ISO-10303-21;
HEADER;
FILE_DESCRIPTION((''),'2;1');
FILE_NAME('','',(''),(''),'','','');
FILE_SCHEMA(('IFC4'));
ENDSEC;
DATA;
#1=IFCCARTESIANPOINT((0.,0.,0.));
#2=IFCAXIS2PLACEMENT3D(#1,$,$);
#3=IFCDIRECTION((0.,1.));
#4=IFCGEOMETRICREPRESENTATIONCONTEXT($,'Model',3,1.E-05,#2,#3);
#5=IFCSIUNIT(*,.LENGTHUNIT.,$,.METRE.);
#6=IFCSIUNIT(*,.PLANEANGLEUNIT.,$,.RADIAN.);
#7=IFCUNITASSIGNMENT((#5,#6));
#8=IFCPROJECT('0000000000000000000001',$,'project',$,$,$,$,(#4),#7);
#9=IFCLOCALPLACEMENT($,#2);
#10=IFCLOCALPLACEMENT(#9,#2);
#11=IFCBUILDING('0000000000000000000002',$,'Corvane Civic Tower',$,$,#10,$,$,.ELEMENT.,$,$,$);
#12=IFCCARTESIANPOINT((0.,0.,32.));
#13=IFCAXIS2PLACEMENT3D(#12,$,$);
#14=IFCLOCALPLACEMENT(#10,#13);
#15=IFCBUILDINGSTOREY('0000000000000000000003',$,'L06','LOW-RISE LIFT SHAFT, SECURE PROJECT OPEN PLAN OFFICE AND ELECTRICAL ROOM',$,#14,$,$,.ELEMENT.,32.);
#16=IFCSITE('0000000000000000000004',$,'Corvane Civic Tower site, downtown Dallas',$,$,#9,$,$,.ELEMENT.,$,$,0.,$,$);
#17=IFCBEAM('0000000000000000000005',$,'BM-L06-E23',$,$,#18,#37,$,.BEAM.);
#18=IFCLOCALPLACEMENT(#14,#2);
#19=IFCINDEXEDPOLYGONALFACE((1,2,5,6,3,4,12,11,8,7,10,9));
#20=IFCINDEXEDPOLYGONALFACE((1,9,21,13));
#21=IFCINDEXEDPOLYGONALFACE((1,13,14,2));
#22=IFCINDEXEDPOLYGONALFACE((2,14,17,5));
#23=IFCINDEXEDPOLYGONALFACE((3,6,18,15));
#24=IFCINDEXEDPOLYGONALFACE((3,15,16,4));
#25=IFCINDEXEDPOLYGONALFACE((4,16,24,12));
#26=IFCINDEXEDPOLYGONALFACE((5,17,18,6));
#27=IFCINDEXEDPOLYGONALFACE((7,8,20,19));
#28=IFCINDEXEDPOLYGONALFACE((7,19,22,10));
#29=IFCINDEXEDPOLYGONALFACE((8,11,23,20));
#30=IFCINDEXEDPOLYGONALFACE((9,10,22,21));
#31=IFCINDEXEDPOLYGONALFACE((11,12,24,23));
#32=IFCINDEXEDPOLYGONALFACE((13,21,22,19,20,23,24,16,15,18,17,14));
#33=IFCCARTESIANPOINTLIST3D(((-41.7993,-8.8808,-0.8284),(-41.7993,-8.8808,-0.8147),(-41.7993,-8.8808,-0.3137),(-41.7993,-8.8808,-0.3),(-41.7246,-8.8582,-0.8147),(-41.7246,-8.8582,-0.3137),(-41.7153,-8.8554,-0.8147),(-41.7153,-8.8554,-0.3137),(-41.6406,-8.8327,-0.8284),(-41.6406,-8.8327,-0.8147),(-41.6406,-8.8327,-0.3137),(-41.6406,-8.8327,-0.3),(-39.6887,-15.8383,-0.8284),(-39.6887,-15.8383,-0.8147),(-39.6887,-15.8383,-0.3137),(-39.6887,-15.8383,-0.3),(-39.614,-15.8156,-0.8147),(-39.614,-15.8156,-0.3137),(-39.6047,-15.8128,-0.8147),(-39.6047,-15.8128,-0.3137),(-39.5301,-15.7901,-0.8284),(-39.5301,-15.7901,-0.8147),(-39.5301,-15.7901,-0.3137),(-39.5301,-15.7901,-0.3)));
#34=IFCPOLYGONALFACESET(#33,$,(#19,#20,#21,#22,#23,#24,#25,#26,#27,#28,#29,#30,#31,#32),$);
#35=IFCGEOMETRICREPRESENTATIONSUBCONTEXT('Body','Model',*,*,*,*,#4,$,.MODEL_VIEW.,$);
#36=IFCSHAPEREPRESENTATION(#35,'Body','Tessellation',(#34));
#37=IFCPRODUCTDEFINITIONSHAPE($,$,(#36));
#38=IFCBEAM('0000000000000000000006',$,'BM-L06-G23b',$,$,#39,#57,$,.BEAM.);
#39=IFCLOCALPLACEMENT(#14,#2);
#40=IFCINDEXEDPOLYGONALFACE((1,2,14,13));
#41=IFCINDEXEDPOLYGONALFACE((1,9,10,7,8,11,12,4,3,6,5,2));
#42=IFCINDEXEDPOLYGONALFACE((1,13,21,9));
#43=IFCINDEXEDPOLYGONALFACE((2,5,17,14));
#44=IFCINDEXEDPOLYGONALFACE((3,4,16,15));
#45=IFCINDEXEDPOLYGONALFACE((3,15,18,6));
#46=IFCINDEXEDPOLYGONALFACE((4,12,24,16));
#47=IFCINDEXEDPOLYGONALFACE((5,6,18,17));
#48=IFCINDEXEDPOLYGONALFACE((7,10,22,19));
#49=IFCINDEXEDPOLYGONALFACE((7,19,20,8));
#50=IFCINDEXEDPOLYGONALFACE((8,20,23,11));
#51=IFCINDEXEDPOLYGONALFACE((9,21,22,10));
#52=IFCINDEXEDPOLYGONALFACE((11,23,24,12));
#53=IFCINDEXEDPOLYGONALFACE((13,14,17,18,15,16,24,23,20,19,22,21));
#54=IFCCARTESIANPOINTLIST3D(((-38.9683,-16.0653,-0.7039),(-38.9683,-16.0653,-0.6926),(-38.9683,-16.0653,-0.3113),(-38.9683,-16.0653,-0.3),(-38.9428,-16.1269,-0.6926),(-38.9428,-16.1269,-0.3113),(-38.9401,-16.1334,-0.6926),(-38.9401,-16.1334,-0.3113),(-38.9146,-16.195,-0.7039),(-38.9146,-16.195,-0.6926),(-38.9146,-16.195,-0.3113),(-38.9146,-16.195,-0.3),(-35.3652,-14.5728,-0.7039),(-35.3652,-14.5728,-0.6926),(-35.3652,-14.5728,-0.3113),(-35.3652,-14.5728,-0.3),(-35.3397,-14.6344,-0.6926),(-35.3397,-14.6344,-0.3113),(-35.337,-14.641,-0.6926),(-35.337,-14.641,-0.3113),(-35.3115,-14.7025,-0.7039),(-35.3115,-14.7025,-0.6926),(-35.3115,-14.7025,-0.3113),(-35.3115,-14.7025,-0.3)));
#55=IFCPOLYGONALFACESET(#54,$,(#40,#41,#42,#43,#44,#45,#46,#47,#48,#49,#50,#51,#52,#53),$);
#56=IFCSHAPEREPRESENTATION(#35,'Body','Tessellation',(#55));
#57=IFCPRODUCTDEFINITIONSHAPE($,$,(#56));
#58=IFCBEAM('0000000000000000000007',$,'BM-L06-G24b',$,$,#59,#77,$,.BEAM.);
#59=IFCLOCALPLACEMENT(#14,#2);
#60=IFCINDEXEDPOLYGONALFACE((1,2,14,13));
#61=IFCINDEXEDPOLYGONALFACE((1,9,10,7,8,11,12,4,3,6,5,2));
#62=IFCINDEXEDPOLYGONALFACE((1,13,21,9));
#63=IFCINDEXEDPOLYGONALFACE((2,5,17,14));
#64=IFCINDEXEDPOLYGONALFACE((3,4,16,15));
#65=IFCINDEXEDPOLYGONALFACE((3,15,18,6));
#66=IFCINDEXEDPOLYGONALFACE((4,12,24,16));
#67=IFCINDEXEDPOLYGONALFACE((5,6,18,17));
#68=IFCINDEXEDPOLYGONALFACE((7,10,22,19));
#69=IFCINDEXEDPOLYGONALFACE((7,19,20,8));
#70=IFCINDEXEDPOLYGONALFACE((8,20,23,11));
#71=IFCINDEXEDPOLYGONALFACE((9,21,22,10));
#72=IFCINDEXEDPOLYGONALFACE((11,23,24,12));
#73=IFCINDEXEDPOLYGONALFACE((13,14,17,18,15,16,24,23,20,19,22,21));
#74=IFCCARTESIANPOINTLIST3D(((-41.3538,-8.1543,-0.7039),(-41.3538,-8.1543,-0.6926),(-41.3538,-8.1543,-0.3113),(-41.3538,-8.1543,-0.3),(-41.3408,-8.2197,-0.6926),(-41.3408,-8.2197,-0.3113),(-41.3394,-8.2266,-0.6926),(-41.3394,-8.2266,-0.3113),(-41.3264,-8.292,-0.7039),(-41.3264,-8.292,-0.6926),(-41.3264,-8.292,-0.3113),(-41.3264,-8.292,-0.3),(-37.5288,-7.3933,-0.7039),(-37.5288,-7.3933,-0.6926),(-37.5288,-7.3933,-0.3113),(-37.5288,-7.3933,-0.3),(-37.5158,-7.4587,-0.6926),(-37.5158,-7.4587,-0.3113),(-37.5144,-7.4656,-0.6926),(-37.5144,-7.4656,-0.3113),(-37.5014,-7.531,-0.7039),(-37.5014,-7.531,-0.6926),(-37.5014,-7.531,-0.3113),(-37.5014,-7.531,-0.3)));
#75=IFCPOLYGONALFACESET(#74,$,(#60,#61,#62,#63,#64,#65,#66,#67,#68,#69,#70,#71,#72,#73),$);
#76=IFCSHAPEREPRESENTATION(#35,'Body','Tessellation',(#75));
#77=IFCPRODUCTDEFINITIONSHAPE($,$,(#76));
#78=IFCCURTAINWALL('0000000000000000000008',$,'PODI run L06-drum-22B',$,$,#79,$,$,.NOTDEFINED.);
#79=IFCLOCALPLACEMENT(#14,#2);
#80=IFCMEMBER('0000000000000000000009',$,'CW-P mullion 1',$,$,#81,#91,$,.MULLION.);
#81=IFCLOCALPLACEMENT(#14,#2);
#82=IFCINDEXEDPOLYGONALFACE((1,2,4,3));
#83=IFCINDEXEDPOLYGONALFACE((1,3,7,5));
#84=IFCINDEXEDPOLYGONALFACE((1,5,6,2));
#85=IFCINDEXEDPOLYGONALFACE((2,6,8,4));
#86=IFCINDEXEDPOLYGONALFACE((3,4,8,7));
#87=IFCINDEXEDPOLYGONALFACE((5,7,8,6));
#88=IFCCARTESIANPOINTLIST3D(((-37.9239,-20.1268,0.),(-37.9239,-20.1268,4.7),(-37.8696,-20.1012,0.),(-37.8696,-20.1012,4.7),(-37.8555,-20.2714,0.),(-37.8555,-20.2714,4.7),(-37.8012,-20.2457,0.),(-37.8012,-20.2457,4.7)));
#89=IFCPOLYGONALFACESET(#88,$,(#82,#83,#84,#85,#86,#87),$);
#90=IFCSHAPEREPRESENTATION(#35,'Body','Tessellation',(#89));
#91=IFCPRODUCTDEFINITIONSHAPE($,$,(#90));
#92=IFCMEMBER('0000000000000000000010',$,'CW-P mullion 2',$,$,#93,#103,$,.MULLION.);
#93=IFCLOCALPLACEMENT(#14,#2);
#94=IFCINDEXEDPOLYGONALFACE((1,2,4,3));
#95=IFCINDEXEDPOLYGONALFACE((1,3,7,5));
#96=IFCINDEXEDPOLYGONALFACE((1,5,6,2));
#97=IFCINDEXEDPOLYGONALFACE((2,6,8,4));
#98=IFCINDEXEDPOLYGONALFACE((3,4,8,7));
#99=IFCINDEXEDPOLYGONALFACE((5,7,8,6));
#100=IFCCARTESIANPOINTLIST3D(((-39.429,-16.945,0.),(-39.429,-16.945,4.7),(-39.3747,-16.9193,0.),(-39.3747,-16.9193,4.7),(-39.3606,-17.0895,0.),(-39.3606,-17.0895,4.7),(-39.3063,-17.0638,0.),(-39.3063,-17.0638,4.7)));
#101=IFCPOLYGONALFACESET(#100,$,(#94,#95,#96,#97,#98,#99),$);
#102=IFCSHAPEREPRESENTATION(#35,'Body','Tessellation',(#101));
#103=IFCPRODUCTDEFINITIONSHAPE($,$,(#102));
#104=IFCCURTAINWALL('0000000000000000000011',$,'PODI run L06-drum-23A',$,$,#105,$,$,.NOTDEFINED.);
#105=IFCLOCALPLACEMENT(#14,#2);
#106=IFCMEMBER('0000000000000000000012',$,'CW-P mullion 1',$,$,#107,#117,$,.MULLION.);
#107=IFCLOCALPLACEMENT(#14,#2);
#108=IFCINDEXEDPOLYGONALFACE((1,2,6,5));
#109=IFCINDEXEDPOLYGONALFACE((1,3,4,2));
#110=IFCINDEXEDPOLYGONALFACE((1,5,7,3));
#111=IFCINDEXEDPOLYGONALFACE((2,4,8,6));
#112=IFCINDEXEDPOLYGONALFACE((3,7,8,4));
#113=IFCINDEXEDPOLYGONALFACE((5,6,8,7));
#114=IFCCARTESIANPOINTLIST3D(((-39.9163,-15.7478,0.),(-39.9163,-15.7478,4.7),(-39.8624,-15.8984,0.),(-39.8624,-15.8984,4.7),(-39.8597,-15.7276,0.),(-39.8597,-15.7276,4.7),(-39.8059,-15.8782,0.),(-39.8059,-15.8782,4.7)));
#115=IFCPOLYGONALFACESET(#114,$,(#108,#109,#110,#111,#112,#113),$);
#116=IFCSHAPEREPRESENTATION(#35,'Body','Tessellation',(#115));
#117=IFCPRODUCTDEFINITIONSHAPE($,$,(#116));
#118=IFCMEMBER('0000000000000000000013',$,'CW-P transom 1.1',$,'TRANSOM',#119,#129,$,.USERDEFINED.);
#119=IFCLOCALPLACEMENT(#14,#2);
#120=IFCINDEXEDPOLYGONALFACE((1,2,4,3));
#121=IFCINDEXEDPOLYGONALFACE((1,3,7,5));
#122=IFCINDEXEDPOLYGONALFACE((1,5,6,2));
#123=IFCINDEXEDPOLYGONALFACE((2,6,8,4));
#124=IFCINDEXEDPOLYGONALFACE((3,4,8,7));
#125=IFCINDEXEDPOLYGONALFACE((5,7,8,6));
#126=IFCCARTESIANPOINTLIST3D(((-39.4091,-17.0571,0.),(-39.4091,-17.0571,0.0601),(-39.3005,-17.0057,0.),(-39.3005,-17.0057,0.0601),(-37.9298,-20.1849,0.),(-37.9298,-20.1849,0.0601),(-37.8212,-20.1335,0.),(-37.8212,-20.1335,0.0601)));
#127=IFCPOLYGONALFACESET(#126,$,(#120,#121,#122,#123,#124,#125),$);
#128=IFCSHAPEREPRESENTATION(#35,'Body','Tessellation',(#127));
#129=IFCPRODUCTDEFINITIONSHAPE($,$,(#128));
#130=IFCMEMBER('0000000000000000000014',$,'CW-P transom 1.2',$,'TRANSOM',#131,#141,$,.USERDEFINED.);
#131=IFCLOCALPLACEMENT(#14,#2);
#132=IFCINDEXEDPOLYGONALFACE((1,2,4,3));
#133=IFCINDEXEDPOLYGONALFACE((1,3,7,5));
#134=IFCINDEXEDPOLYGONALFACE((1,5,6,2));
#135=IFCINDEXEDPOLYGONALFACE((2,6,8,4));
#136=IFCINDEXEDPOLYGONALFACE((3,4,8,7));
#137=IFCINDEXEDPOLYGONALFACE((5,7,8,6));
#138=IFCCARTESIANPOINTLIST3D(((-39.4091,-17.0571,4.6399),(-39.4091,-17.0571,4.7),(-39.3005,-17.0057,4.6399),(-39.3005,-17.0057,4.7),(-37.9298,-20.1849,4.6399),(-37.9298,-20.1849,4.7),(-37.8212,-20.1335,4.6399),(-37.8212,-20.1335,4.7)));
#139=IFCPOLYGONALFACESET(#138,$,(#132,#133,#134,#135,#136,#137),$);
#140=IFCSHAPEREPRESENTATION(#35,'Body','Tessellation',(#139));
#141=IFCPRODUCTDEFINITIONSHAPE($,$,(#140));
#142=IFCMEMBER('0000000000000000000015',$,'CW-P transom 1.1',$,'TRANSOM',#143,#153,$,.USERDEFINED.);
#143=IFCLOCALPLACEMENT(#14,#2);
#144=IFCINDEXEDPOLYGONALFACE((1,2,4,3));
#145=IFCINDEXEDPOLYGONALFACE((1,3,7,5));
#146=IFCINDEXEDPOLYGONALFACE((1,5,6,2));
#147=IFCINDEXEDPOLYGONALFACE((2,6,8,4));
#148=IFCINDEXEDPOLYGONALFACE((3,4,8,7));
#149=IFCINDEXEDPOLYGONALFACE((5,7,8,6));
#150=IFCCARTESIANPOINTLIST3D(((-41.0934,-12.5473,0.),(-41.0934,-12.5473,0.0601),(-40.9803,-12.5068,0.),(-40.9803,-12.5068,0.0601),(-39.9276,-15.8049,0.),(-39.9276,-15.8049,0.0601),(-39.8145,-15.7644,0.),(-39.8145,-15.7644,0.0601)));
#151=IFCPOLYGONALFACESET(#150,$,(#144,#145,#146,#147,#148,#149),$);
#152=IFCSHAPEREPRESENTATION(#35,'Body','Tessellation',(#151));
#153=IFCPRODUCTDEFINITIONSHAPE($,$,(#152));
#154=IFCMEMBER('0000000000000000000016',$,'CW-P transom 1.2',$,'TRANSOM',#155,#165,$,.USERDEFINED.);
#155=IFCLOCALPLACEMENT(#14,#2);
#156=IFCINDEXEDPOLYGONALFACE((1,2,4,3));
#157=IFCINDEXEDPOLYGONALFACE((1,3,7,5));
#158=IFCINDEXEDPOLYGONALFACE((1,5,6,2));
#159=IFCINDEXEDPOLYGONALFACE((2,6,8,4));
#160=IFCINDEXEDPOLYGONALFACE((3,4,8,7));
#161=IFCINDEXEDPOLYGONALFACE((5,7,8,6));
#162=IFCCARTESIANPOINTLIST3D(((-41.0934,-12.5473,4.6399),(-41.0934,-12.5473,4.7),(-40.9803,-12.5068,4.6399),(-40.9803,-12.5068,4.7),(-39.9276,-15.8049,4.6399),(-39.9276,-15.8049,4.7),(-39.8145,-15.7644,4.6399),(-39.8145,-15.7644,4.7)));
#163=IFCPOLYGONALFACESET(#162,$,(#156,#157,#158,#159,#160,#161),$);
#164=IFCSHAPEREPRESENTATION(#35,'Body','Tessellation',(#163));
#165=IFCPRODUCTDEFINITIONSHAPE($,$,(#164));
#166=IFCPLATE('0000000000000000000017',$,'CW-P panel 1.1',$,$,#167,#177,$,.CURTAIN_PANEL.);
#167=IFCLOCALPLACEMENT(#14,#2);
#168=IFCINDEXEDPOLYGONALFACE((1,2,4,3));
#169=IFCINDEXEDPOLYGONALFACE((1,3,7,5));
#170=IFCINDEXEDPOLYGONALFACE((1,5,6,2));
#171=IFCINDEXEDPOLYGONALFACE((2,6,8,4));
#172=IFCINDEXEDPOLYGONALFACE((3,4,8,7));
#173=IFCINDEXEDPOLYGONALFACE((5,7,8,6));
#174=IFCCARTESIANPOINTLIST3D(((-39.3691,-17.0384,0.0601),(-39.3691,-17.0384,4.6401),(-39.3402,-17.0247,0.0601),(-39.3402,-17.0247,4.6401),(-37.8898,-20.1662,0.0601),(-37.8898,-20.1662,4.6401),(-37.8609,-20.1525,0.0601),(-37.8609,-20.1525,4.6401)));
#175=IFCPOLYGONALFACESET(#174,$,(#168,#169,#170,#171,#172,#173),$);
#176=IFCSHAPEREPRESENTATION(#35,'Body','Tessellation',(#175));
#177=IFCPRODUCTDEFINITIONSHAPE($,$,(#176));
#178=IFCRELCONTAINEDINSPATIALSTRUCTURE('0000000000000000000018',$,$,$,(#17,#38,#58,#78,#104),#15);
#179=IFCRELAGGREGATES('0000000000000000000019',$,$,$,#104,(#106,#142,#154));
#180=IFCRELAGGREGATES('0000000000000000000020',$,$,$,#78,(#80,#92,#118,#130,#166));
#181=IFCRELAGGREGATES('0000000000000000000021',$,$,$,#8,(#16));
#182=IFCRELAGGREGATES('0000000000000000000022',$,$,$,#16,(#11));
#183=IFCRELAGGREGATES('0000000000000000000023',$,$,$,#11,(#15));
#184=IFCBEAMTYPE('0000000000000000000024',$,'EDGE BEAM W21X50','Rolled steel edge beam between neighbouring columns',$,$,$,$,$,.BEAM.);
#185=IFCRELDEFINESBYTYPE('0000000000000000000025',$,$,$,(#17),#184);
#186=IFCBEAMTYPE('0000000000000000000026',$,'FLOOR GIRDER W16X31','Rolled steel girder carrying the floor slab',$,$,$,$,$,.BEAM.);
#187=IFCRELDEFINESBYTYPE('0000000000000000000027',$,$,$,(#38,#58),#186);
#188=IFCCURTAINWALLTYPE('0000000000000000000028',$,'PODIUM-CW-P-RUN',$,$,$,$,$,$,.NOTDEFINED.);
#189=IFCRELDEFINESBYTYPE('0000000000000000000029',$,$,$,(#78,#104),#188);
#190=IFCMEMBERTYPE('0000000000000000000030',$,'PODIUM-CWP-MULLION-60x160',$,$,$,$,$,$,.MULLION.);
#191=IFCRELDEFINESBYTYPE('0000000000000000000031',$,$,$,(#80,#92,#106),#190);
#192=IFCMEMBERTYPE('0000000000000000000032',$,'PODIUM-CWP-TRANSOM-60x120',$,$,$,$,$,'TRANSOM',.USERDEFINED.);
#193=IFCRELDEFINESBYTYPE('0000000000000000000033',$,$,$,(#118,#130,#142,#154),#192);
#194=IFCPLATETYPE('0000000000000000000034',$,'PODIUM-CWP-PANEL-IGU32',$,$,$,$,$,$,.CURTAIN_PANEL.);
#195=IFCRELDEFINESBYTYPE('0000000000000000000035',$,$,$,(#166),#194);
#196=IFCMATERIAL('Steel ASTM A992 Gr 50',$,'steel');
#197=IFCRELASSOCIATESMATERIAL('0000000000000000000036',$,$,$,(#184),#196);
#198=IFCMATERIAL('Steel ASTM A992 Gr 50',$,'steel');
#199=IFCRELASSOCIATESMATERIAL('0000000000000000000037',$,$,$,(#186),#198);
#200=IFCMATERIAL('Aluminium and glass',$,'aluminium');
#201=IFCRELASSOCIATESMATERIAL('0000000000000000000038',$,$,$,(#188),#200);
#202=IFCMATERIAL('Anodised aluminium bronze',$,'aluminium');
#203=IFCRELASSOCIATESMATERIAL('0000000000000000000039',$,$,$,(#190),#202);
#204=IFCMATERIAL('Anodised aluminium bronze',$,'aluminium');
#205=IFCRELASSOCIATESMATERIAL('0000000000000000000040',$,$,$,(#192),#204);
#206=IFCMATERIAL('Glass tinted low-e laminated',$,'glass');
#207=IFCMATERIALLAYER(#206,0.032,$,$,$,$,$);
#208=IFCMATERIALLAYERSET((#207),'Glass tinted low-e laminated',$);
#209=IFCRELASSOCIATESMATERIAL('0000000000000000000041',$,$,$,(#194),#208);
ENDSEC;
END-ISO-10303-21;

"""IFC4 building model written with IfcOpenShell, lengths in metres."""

from ifc_helpers import new_model, si_unit, direction, frame, origin, origin_2d, place, context, subcontext, project, spatial, rectangle, i_section, extrude, material, layer, layer_set, material_profile, profile_set, type_object, element, aggregate, save


model = new_model("IFC4")

# Units and contexts
model_context = context("Model", 3, precision=1e-05, world=origin(), true_north=direction((0.0, 1.0)))
body_context = subcontext(model_context, "Body", "Model", "MODEL_VIEW")
ifc_project = project(units=[si_unit("LENGTHUNIT", "METRE"), si_unit("PLANEANGLEUNIT", "RADIAN")], contexts=[model_context])

# Site, building, storey
site_placement = place(None, origin())
site = spatial("IfcSite", under=ifc_project, at=site_placement, Name="Corvane Civic Tower site, downtown Dallas", CompositionType="ELEMENT", RefElevation=0.0)
building_placement = place(site_placement, origin())
building = spatial("IfcBuilding", under=site, at=building_placement, Name="Corvane Civic Tower", CompositionType="ELEMENT")
storey_placement = place(building_placement, frame((0.0, 0.0, 32.0)))
storey = spatial("IfcBuildingStorey", under=building, at=storey_placement, Name="L06", Description="LOW-RISE LIFT SHAFT, SECURE PROJECT OPEN PLAN OFFICE AND ELECTRICAL ROOM", CompositionType="ELEMENT", Elevation=32.0)

# Beams
ifc_material_1 = material(Name="Steel ASTM A992 Gr 50", Category="steel")
ifc_material_profile_1 = material_profile(ifc_material_1, i_section(OverallWidth=0.1658, OverallDepth=0.5283, WebThickness=0.0098, FlangeThickness=0.0137, at=origin_2d()), Name="W21X50")
ifc_profile_set_1 = profile_set([ifc_material_profile_1], Name="Steel ASTM A992 Gr 50")
beam_type_1 = type_object("IfcBeamType", Name="EDGE BEAM W21X50", Description="Rolled steel edge beam between neighbouring columns", PredefinedType="BEAM", material=ifc_profile_set_1)
beam_placement = place(storey_placement, frame((-39.6094, -15.8142, -0.5642), z_axis=(-0.290292, 0.956938, 0.0), x_axis=(-0.956938, -0.290292, 0.0)))
element("IfcBeam", 1, at=beam_placement, inside=storey, type_object=beam_type_1, Name="BM-L06-E23", PredefinedType="BEAM", context=body_context, shape_type="SweptSolid", body=[
    extrude(i_section(OverallWidth=0.1658, OverallDepth=0.5283, WebThickness=0.0098, FlangeThickness=0.0137, at=origin_2d()), origin(), (0.0, 0.0, 1.0), 7.2705),
])
ifc_material_2 = material(Name="Steel ASTM A992 Gr 50", Category="steel")
ifc_material_profile_2 = material_profile(ifc_material_2, i_section(OverallWidth=0.1404, OverallDepth=0.4038, WebThickness=0.0071, FlangeThickness=0.0112, at=origin_2d()), Name="W16X31")
ifc_profile_set_2 = profile_set([ifc_material_profile_2], Name="Steel ASTM A992 Gr 50")
beam_type_2 = type_object("IfcBeamType", Name="FLOOR GIRDER W16X31", Description="Rolled steel girder carrying the floor slab", PredefinedType="BEAM", material=ifc_profile_set_2)
for number, where, z_axis, x_axis, name in (
    (2, (-35.3384, -14.6377, -0.502), (-0.923879, -0.382685, 0.0), (0.382685, -0.923879, 0.0), "BM-L06-G23b"),
    (3, (-37.5151, -7.4622, -0.502), (-0.980778, -0.195129, 0.0), (0.195129, -0.980778, 0.0), "BM-L06-G24b"),
):
    element("IfcBeam", number, at=place(storey_placement, frame(where, z_axis=z_axis, x_axis=x_axis)), inside=storey, type_object=beam_type_2, Name=name, PredefinedType="BEAM", context=body_context, shape_type="SweptSolid", body=[
        extrude(i_section(OverallWidth=0.1404, OverallDepth=0.4038, WebThickness=0.0071, FlangeThickness=0.0112, at=origin_2d()), origin(), (0.0, 0.0, 1.0), 3.8999),
    ])

# Curtain wall, members
ifc_material_3 = material(Name="Aluminium and glass", Category="aluminium")
curtain_wall_type = type_object("IfcCurtainWallType", Name="PODIUM-CW-P-RUN", PredefinedType="NOTDEFINED", material=ifc_material_3)
curtain_wall_1_placement = place(storey_placement, origin())
curtain_wall_1 = element("IfcCurtainWall", 4, at=curtain_wall_1_placement, inside=storey, type_object=curtain_wall_type, Name="PODI run L06-drum-22B", PredefinedType="NOTDEFINED")
ifc_material_4 = material(Name="Anodised aluminium bronze", Category="aluminium")
ifc_material_profile_3 = material_profile(ifc_material_4, rectangle(XDim=0.0601, YDim=0.1599, at=origin_2d()), Name="AL 60x160")
ifc_profile_set_3 = profile_set([ifc_material_profile_3], Name="Anodised aluminium bronze")
member_type_1 = type_object("IfcMemberType", Name="PODIUM-CWP-MULLION-60x160", PredefinedType="MULLION", material=ifc_profile_set_3)
member_1_placement = place(storey_placement, frame((-37.8625, -20.1863, 0.0), z_axis=(0.0, 0.0, 1.0), x_axis=(-0.90399, -0.427553, 0.0)))
member_1 = element("IfcMember", 5, at=member_1_placement, type_object=member_type_1, Name="CW-P mullion 1", PredefinedType="MULLION", context=body_context, shape_type="SweptSolid", body=[
    extrude(rectangle(XDim=0.0601, YDim=0.1599, at=origin_2d()), origin(), (0.0, 0.0, 1.0), 4.7),
])
member_2_placement = place(storey_placement, frame((-39.3677, -17.0044, 0.0), z_axis=(0.0, 0.0, 1.0), x_axis=(-0.90399, -0.427553, 0.0)))
member_2 = element("IfcMember", 6, at=member_2_placement, type_object=member_type_1, Name="CW-P mullion 2", PredefinedType="MULLION", context=body_context, shape_type="SweptSolid", body=[
    extrude(rectangle(XDim=0.0601, YDim=0.1599, at=origin_2d()), origin(), (0.0, 0.0, 1.0), 4.7),
])

# Curtain wall, member
curtain_wall_2_placement = place(storey_placement, origin())
curtain_wall_2 = element("IfcCurtainWall", 7, at=curtain_wall_2_placement, inside=storey, type_object=curtain_wall_type, Name="PODI run L06-drum-23A", PredefinedType="NOTDEFINED")
member_3_placement = place(storey_placement, frame((-39.8611, -15.813, 0.0), z_axis=(0.0, 0.0, 1.0), x_axis=(-0.941534, -0.336919, 0.0)))
member_3 = element("IfcMember", 8, at=member_3_placement, type_object=member_type_1, Name="CW-P mullion 1", PredefinedType="MULLION", context=body_context, shape_type="SweptSolid", body=[
    extrude(rectangle(XDim=0.0601, YDim=0.1599, at=origin_2d()), origin(), (0.0, 0.0, 1.0), 4.7),
])

# Members
ifc_material_5 = material(Name="Anodised aluminium bronze", Category="aluminium")
ifc_material_profile_4 = material_profile(ifc_material_5, rectangle(XDim=0.1201, YDim=0.0601, at=origin_2d()), Name="AL 120x60")
ifc_profile_set_4 = profile_set([ifc_material_profile_4], Name="Anodised aluminium bronze")
member_type_2 = type_object("IfcMemberType", Name="PODIUM-CWP-TRANSOM-60x120", ElementType="TRANSOM", PredefinedType="USERDEFINED", material=ifc_profile_set_4)
member_4_placement = place(storey_placement, frame((-37.8755, -20.1592, 0.03), z_axis=(-0.427546, 0.903993, 0.0), x_axis=(-0.903993, -0.427546, 0.0)))
member_4 = element("IfcMember", 9, at=member_4_placement, type_object=member_type_2, Name="CW-P transom 1.1", ObjectType="TRANSOM", PredefinedType="USERDEFINED", context=body_context, shape_type="SweptSolid", body=[
    extrude(rectangle(XDim=0.1201, YDim=0.0601, at=origin_2d()), origin(), (0.0, 0.0, 1.0), 3.46),
])
member_5_placement = place(storey_placement, frame((-37.8755, -20.1592, 4.6699), z_axis=(-0.427546, 0.903993, 0.0), x_axis=(-0.903993, -0.427546, 0.0)))
member_5 = element("IfcMember", 10, at=member_5_placement, type_object=member_type_2, Name="CW-P transom 1.2", ObjectType="TRANSOM", PredefinedType="USERDEFINED", context=body_context, shape_type="SweptSolid", body=[
    extrude(rectangle(XDim=0.1201, YDim=0.0601, at=origin_2d()), origin(), (0.0, 0.0, 1.0), 3.46),
])
member_6_placement = place(storey_placement, frame((-39.8711, -15.7847, 0.03), z_axis=(-0.33694, 0.941526, 0.0), x_axis=(-0.941526, -0.33694, 0.0)))
member_6 = element("IfcMember", 11, at=member_6_placement, type_object=member_type_2, Name="CW-P transom 1.1", ObjectType="TRANSOM", PredefinedType="USERDEFINED", context=body_context, shape_type="SweptSolid", body=[
    extrude(rectangle(XDim=0.1201, YDim=0.0601, at=origin_2d()), origin(), (0.0, 0.0, 1.0), 3.46),
])
member_7_placement = place(storey_placement, frame((-39.8711, -15.7847, 4.6699), z_axis=(-0.33694, 0.941526, 0.0), x_axis=(-0.941526, -0.33694, 0.0)))
member_7 = element("IfcMember", 12, at=member_7_placement, type_object=member_type_2, Name="CW-P transom 1.2", ObjectType="TRANSOM", PredefinedType="USERDEFINED", context=body_context, shape_type="SweptSolid", body=[
    extrude(rectangle(XDim=0.1201, YDim=0.0601, at=origin_2d()), origin(), (0.0, 0.0, 1.0), 3.46),
])
aggregate(curtain_wall_2, [member_3, member_6, member_7])

# Plate
ifc_material_6 = material(Name="Glass tinted low-e laminated", Category="glass")
ifc_layer_1 = layer(ifc_material_6, 0.032)
ifc_layer_set_1 = layer_set([ifc_layer_1], Name="Glass tinted low-e laminated")
plate_type = type_object("IfcPlateType", Name="PODIUM-CWP-PANEL-IGU32", PredefinedType="CURTAIN_PANEL", material=ifc_layer_set_1)
plate_placement = place(storey_placement, frame((-38.615, -18.5955, 0.0601), z_axis=(0.0, 0.0, 1.0), x_axis=(-0.427553, 0.90399, 0.0)))
plate = element("IfcPlate", 13, at=plate_placement, type_object=plate_type, Name="CW-P panel 1.1", PredefinedType="CURTAIN_PANEL", context=body_context, shape_type="SweptSolid", body=[
    extrude(rectangle(XDim=3.46, YDim=0.032, at=origin_2d()), origin(), (0.0, 0.0, 1.0), 4.5801),
])
aggregate(curtain_wall_1, [member_1, member_2, member_4, member_5, plate])

save(model, "model.ifc")
